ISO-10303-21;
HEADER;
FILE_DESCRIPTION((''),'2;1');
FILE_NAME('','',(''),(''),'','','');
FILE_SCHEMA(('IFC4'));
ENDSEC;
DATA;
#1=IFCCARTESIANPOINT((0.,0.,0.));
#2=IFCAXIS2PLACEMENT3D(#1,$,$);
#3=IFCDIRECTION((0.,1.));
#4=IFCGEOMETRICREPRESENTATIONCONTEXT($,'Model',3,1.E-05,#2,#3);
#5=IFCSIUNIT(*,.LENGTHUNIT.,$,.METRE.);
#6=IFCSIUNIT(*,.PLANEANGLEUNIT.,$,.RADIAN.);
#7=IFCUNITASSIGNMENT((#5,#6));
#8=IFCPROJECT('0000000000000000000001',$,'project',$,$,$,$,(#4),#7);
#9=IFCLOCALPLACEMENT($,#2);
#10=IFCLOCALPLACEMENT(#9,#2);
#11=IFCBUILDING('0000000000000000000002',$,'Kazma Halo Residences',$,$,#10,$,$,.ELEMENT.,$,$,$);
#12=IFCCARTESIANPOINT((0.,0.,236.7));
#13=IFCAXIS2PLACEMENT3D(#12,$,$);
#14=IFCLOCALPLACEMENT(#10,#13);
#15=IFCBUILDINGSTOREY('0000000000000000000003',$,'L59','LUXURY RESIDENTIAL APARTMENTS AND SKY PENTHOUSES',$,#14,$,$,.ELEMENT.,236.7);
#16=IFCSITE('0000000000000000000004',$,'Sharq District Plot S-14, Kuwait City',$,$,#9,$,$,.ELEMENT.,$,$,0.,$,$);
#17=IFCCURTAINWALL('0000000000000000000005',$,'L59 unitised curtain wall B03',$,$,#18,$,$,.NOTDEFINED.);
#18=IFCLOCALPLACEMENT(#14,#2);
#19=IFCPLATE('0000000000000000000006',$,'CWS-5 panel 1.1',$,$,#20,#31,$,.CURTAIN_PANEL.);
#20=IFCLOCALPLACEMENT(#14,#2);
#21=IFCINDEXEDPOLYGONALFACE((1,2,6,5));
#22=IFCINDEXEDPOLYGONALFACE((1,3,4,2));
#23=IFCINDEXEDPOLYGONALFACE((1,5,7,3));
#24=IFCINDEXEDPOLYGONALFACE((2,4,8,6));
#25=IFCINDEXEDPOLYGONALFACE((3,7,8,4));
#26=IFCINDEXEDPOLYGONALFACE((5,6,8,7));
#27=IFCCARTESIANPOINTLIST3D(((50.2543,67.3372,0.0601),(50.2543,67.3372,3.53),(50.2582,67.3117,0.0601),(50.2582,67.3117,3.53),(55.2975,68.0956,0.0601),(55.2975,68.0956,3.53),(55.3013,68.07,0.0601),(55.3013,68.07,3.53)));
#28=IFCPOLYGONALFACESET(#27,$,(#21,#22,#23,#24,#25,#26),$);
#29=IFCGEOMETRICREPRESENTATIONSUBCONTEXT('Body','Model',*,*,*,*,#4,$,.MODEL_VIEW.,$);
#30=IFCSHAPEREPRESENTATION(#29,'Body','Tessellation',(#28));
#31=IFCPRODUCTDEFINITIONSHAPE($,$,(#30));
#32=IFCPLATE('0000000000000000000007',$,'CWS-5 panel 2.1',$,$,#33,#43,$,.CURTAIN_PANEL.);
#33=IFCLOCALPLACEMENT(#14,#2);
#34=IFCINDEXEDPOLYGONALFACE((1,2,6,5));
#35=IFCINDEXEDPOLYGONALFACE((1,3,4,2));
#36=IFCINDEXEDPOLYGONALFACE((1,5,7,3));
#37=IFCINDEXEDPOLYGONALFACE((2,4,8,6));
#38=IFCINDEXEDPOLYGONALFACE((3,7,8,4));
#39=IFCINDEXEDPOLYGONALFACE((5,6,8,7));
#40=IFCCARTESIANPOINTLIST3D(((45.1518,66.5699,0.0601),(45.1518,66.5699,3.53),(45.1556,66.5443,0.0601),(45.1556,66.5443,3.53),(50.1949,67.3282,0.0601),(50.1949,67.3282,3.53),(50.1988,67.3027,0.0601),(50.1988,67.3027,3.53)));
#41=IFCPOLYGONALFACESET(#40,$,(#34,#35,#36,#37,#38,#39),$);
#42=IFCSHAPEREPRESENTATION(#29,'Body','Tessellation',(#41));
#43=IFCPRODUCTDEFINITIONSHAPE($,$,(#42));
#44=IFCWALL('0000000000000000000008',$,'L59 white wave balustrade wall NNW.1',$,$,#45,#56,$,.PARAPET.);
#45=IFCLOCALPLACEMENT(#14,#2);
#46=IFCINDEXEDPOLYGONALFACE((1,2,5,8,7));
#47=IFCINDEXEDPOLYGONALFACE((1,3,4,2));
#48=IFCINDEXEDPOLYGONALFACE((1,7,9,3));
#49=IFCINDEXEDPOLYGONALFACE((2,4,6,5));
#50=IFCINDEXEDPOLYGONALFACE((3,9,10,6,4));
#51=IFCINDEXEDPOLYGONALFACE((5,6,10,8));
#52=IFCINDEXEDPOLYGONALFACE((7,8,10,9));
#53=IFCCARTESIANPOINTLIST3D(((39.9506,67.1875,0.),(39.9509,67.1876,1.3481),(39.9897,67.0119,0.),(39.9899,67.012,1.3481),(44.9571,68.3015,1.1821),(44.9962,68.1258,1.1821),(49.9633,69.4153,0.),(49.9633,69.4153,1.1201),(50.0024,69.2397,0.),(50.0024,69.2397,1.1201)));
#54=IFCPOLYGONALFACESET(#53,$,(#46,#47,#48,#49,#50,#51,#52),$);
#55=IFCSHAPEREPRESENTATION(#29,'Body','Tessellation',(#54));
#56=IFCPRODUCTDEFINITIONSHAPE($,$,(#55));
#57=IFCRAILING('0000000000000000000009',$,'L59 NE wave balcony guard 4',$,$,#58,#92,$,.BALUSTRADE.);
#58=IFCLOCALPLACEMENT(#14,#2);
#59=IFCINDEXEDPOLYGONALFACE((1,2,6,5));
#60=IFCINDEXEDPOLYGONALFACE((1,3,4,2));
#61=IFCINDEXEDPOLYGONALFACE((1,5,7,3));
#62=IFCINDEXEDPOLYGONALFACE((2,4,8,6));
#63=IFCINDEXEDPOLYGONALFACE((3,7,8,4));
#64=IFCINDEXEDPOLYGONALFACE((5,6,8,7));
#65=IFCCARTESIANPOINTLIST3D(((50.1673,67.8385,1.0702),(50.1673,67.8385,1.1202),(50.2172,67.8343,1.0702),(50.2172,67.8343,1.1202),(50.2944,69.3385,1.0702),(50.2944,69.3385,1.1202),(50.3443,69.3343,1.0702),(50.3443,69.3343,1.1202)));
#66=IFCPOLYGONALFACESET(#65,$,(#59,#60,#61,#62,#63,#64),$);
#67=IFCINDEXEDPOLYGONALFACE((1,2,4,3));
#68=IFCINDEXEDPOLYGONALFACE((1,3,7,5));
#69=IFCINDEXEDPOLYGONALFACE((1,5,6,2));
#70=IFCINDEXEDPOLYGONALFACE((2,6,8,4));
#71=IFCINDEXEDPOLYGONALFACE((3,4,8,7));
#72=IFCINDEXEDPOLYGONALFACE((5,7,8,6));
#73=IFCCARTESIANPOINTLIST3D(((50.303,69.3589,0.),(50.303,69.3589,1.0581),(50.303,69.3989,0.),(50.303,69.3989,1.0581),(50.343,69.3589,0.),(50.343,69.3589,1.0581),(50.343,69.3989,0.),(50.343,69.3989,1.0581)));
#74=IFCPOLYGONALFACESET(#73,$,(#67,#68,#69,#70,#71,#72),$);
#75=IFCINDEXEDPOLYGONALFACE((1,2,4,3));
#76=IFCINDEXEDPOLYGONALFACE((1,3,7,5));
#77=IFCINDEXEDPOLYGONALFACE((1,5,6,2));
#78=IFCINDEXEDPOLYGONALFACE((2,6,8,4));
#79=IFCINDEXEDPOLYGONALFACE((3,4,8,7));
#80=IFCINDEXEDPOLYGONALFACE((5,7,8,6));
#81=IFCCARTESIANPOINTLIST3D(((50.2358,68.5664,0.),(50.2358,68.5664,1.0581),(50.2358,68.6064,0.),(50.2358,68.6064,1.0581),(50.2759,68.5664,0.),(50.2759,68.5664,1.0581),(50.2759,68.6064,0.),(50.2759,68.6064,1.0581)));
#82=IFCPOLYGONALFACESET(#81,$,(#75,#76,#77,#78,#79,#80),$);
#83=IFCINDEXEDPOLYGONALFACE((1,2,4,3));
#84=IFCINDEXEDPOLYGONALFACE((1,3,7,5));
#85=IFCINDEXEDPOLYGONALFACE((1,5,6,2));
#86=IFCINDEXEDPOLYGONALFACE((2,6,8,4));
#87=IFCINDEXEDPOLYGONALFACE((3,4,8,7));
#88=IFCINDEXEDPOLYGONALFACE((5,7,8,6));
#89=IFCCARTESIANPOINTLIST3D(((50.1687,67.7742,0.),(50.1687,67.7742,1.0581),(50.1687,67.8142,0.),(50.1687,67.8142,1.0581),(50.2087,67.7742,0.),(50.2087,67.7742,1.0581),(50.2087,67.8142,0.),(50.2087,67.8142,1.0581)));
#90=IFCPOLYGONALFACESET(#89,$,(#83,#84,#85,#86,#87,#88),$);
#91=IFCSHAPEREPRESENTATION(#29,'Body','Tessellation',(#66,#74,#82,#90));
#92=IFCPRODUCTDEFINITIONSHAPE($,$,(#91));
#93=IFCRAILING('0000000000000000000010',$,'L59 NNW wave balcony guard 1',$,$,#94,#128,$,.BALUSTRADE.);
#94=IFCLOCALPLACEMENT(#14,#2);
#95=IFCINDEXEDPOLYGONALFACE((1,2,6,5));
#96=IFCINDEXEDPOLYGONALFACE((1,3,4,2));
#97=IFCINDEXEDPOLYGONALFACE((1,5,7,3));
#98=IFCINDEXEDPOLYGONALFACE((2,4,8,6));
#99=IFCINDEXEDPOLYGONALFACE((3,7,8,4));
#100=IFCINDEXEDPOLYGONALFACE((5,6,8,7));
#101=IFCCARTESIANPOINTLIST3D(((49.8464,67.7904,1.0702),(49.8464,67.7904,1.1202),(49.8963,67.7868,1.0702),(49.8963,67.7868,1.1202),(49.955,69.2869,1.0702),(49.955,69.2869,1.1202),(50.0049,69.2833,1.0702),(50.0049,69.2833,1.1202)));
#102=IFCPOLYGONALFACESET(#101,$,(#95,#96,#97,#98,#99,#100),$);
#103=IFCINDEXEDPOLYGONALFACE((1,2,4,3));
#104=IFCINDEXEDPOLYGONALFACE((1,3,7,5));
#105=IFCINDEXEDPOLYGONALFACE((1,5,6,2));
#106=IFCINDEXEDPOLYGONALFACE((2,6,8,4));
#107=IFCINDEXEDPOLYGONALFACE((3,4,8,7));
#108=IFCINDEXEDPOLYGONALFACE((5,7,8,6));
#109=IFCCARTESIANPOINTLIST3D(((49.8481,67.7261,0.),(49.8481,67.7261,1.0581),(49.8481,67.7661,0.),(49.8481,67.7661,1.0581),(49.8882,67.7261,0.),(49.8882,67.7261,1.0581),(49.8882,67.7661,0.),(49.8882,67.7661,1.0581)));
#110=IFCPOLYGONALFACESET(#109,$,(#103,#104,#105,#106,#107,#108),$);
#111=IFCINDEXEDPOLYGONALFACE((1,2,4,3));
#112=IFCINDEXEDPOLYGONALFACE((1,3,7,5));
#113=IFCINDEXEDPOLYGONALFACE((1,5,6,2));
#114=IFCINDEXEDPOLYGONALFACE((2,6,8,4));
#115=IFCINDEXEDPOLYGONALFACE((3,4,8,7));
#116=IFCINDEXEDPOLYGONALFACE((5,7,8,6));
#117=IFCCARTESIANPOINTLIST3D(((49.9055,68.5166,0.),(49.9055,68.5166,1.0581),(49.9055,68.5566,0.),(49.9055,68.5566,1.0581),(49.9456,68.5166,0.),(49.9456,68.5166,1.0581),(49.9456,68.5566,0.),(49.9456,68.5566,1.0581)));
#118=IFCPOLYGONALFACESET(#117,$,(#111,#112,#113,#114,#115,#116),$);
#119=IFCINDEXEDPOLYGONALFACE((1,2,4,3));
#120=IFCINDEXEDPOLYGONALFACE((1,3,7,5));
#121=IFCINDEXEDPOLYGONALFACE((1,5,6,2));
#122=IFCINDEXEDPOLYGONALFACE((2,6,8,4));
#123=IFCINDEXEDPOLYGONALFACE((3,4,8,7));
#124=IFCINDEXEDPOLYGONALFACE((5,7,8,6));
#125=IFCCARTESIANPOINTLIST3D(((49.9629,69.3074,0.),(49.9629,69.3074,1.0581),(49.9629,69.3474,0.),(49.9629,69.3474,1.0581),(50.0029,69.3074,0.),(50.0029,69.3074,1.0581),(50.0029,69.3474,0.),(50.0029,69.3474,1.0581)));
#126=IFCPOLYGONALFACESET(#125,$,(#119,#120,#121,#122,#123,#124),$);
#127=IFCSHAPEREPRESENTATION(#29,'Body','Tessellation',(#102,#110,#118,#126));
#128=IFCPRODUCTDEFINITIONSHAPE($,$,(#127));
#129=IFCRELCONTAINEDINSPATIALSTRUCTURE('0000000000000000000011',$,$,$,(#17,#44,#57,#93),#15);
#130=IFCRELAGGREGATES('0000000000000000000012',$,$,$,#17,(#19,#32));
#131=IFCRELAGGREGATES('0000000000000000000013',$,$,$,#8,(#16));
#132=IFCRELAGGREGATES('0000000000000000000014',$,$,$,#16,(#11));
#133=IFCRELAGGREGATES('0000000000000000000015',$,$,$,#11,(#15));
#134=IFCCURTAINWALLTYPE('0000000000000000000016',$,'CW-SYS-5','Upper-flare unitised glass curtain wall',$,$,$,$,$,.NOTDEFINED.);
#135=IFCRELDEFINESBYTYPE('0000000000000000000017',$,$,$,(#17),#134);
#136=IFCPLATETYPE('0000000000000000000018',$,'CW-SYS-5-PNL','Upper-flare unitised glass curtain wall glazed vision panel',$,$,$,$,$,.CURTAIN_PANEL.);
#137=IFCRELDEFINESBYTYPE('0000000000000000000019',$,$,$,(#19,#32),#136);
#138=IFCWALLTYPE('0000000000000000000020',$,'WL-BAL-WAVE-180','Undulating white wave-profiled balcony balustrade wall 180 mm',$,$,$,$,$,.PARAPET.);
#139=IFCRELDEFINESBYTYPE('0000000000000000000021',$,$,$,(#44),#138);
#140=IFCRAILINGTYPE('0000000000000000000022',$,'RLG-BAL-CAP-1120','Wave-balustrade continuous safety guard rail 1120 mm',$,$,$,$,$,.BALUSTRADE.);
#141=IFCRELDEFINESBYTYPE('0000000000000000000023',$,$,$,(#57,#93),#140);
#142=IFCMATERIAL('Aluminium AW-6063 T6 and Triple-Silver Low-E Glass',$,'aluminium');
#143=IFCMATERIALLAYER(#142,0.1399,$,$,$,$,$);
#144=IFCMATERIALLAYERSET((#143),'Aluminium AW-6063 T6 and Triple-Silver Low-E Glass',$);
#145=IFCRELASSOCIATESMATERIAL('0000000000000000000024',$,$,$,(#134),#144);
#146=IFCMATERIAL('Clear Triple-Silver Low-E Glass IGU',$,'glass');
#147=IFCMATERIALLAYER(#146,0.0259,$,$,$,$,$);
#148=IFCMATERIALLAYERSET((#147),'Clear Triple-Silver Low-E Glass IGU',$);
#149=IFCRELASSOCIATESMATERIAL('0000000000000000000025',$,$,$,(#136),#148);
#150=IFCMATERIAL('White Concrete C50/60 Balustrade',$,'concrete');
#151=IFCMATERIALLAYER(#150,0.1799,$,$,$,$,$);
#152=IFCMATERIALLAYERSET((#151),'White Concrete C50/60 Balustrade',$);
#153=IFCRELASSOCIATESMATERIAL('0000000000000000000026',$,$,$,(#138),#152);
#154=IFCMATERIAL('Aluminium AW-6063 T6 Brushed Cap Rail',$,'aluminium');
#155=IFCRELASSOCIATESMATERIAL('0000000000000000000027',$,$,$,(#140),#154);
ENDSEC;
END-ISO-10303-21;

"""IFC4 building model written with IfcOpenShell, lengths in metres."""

from ifc_helpers import new_model, si_unit, direction, frame, origin, origin_2d, place, context, subcontext, project, spatial, polyline, rectangle, outline, extrude, material, layer, layer_set, type_object, element, aggregate, save


model = new_model("IFC4")

# Units and contexts
model_context = context("Model", 3, precision=1e-05, world=origin(), true_north=direction((0.0, 1.0)))
body_context = subcontext(model_context, "Body", "Model", "MODEL_VIEW")
ifc_project = project(units=[si_unit("LENGTHUNIT", "METRE"), si_unit("PLANEANGLEUNIT", "RADIAN")], contexts=[model_context])

# Site, building, storey
site_placement = place(None, origin())
site = spatial("IfcSite", under=ifc_project, at=site_placement, Name="Sharq District Plot S-14, Kuwait City", CompositionType="ELEMENT", RefElevation=0.0)
building_placement = place(site_placement, origin())
building = spatial("IfcBuilding", under=site, at=building_placement, Name="Kazma Halo Residences", CompositionType="ELEMENT")
storey_placement = place(building_placement, frame((0.0, 0.0, 236.7)))
storey = spatial("IfcBuildingStorey", under=building, at=storey_placement, Name="L59", Description="LUXURY RESIDENTIAL APARTMENTS AND SKY PENTHOUSES", CompositionType="ELEMENT", Elevation=236.7)

# Curtain wall, plates
ifc_material_1 = material(Name="Aluminium AW-6063 T6 and Triple-Silver Low-E Glass", Category="aluminium")
ifc_layer_1 = layer(ifc_material_1, 0.1399)
ifc_layer_set_1 = layer_set([ifc_layer_1], Name="Aluminium AW-6063 T6 and Triple-Silver Low-E Glass")
curtain_wall_type = type_object("IfcCurtainWallType", Name="CW-SYS-5", Description="Upper-flare unitised glass curtain wall", PredefinedType="NOTDEFINED", material=ifc_layer_set_1)
curtain_wall_placement = place(storey_placement, origin())
curtain_wall = element("IfcCurtainWall", 1, at=curtain_wall_placement, inside=storey, type_object=curtain_wall_type, Name="L59 unitised curtain wall B03", PredefinedType="NOTDEFINED")
ifc_material_2 = material(Name="Clear Triple-Silver Low-E Glass IGU", Category="glass")
ifc_layer_2 = layer(ifc_material_2, 0.0259)
ifc_layer_set_2 = layer_set([ifc_layer_2], Name="Clear Triple-Silver Low-E Glass IGU")
plate_type = type_object("IfcPlateType", Name="CW-SYS-5-PNL", Description="Upper-flare unitised glass curtain wall glazed vision panel", PredefinedType="CURTAIN_PANEL", material=ifc_layer_set_2)
plate_1_placement = place(storey_placement, frame((52.7778, 67.7036, 0.0601), z_axis=(0.0, 0.0, 1.0), x_axis=(-0.988883, -0.148697, 0.0)))
plate_1 = element("IfcPlate", 2, at=plate_1_placement, type_object=plate_type, Name="CWS-5 panel 1.1", PredefinedType="CURTAIN_PANEL", context=body_context, shape_type="SweptSolid", body=[
    extrude(rectangle(XDim=5.0999, YDim=0.0259, at=origin_2d()), origin(), (0.0, 0.0, 1.0), 3.47),
])
plate_2_placement = place(storey_placement, frame((47.6753, 66.9363, 0.0601), z_axis=(0.0, 0.0, 1.0), x_axis=(-0.988883, -0.148697, 0.0)))
plate_2 = element("IfcPlate", 3, at=plate_2_placement, type_object=plate_type, Name="CWS-5 panel 2.1", PredefinedType="CURTAIN_PANEL", context=body_context, shape_type="SweptSolid", body=[
    extrude(rectangle(XDim=5.0999, YDim=0.0259, at=origin_2d()), origin(), (0.0, 0.0, 1.0), 3.47),
])
aggregate(curtain_wall, [plate_1, plate_2])

# Wall
ifc_material_3 = material(Name="White Concrete C50/60 Balustrade", Category="concrete")
ifc_layer_3 = layer(ifc_material_3, 0.1799)
ifc_layer_set_3 = layer_set([ifc_layer_3], Name="White Concrete C50/60 Balustrade")
wall_type = type_object("IfcWallType", Name="WL-BAL-WAVE-180", Description="Undulating white wave-profiled balcony balustrade wall 180 mm", PredefinedType="PARAPET", material=ifc_layer_set_3)
wall_placement = place(storey_placement, frame((49.9829, 69.3274, 0.0), z_axis=(0.0, 0.0, 1.0), x_axis=(-0.97613, -0.217185, 0.0)))
element("IfcWall", 4, at=wall_placement, inside=storey, type_object=wall_type, Name="L59 white wave balustrade wall NNW.1", PredefinedType="PARAPET", context=body_context, shape_type="SweptSolid", body=[
    extrude(outline(polyline([(0.0, 0.0), (10.2576, 0.0), (10.2573, 1.3481), (5.1287, 1.1821), (0.0, 1.1201), (0.0, 0.0)])), frame((0.0, 0.0898, 0.0), z_axis=(0.0, -1.0, 0.0), x_axis=(1.0, 0.0, 0.0)), (0.0, 0.0, 1.0), 0.1799),
])

# Railings
ifc_material_4 = material(Name="Aluminium AW-6063 T6 Brushed Cap Rail", Category="aluminium")
railing_type = type_object("IfcRailingType", Name="RLG-BAL-CAP-1120", Description="Wave-balustrade continuous safety guard rail 1120 mm", PredefinedType="BALUSTRADE", material=ifc_material_4)
railing_1_placement = place(storey_placement, frame((50.323, 69.3789, 0.0)))
element("IfcRailing", 5, at=railing_1_placement, inside=storey, type_object=railing_type, Name="L59 NE wave balcony guard 4", PredefinedType="BALUSTRADE", context=body_context, shape_type="SweptSolid", body=[
    extrude(rectangle(XDim=0.05, YDim=0.05, at=origin_2d()), frame((-0.0037, -0.0425, 1.0952), z_axis=(-0.08443, -0.996429, 0.0), x_axis=(0.996429, -0.08443, 0.0)), (0.0, 0.0, 1.0), 1.5054),
    extrude(rectangle(XDim=0.04, YDim=0.04, at=origin_2d()), origin(), (0.0, 0.0, 1.0), 1.0581),
    extrude(rectangle(XDim=0.04, YDim=0.04, at=origin_2d()), frame((-0.0671, -0.7925, 0.0)), (0.0, 0.0, 1.0), 1.0581),
    extrude(rectangle(XDim=0.04, YDim=0.04, at=origin_2d()), frame((-0.1343, -1.5847, 0.0)), (0.0, 0.0, 1.0), 1.0581),
])
railing_2_placement = place(storey_placement, frame((49.8682, 67.7461, 0.0)))
element("IfcRailing", 6, at=railing_2_placement, inside=storey, type_object=railing_type, Name="L59 NNW wave balcony guard 1", PredefinedType="BALUSTRADE", context=body_context, shape_type="SweptSolid", body=[
    extrude(rectangle(XDim=0.05, YDim=0.05, at=origin_2d()), frame((0.0032, 0.0425, 1.0952), z_axis=(0.072374, 0.997378, 0.0), x_axis=(-0.997378, 0.072374, 0.0)), (0.0, 0.0, 1.0), 1.5005),
    extrude(rectangle(XDim=0.04, YDim=0.04, at=origin_2d()), origin(), (0.0, 0.0, 1.0), 1.0581),
    extrude(rectangle(XDim=0.04, YDim=0.04, at=origin_2d()), frame((0.0574, 0.7905, 0.0)), (0.0, 0.0, 1.0), 1.0581),
    extrude(rectangle(XDim=0.04, YDim=0.04, at=origin_2d()), frame((0.1147, 1.5813, 0.0)), (0.0, 0.0, 1.0), 1.0581),
])

save(model, "model.ifc")
